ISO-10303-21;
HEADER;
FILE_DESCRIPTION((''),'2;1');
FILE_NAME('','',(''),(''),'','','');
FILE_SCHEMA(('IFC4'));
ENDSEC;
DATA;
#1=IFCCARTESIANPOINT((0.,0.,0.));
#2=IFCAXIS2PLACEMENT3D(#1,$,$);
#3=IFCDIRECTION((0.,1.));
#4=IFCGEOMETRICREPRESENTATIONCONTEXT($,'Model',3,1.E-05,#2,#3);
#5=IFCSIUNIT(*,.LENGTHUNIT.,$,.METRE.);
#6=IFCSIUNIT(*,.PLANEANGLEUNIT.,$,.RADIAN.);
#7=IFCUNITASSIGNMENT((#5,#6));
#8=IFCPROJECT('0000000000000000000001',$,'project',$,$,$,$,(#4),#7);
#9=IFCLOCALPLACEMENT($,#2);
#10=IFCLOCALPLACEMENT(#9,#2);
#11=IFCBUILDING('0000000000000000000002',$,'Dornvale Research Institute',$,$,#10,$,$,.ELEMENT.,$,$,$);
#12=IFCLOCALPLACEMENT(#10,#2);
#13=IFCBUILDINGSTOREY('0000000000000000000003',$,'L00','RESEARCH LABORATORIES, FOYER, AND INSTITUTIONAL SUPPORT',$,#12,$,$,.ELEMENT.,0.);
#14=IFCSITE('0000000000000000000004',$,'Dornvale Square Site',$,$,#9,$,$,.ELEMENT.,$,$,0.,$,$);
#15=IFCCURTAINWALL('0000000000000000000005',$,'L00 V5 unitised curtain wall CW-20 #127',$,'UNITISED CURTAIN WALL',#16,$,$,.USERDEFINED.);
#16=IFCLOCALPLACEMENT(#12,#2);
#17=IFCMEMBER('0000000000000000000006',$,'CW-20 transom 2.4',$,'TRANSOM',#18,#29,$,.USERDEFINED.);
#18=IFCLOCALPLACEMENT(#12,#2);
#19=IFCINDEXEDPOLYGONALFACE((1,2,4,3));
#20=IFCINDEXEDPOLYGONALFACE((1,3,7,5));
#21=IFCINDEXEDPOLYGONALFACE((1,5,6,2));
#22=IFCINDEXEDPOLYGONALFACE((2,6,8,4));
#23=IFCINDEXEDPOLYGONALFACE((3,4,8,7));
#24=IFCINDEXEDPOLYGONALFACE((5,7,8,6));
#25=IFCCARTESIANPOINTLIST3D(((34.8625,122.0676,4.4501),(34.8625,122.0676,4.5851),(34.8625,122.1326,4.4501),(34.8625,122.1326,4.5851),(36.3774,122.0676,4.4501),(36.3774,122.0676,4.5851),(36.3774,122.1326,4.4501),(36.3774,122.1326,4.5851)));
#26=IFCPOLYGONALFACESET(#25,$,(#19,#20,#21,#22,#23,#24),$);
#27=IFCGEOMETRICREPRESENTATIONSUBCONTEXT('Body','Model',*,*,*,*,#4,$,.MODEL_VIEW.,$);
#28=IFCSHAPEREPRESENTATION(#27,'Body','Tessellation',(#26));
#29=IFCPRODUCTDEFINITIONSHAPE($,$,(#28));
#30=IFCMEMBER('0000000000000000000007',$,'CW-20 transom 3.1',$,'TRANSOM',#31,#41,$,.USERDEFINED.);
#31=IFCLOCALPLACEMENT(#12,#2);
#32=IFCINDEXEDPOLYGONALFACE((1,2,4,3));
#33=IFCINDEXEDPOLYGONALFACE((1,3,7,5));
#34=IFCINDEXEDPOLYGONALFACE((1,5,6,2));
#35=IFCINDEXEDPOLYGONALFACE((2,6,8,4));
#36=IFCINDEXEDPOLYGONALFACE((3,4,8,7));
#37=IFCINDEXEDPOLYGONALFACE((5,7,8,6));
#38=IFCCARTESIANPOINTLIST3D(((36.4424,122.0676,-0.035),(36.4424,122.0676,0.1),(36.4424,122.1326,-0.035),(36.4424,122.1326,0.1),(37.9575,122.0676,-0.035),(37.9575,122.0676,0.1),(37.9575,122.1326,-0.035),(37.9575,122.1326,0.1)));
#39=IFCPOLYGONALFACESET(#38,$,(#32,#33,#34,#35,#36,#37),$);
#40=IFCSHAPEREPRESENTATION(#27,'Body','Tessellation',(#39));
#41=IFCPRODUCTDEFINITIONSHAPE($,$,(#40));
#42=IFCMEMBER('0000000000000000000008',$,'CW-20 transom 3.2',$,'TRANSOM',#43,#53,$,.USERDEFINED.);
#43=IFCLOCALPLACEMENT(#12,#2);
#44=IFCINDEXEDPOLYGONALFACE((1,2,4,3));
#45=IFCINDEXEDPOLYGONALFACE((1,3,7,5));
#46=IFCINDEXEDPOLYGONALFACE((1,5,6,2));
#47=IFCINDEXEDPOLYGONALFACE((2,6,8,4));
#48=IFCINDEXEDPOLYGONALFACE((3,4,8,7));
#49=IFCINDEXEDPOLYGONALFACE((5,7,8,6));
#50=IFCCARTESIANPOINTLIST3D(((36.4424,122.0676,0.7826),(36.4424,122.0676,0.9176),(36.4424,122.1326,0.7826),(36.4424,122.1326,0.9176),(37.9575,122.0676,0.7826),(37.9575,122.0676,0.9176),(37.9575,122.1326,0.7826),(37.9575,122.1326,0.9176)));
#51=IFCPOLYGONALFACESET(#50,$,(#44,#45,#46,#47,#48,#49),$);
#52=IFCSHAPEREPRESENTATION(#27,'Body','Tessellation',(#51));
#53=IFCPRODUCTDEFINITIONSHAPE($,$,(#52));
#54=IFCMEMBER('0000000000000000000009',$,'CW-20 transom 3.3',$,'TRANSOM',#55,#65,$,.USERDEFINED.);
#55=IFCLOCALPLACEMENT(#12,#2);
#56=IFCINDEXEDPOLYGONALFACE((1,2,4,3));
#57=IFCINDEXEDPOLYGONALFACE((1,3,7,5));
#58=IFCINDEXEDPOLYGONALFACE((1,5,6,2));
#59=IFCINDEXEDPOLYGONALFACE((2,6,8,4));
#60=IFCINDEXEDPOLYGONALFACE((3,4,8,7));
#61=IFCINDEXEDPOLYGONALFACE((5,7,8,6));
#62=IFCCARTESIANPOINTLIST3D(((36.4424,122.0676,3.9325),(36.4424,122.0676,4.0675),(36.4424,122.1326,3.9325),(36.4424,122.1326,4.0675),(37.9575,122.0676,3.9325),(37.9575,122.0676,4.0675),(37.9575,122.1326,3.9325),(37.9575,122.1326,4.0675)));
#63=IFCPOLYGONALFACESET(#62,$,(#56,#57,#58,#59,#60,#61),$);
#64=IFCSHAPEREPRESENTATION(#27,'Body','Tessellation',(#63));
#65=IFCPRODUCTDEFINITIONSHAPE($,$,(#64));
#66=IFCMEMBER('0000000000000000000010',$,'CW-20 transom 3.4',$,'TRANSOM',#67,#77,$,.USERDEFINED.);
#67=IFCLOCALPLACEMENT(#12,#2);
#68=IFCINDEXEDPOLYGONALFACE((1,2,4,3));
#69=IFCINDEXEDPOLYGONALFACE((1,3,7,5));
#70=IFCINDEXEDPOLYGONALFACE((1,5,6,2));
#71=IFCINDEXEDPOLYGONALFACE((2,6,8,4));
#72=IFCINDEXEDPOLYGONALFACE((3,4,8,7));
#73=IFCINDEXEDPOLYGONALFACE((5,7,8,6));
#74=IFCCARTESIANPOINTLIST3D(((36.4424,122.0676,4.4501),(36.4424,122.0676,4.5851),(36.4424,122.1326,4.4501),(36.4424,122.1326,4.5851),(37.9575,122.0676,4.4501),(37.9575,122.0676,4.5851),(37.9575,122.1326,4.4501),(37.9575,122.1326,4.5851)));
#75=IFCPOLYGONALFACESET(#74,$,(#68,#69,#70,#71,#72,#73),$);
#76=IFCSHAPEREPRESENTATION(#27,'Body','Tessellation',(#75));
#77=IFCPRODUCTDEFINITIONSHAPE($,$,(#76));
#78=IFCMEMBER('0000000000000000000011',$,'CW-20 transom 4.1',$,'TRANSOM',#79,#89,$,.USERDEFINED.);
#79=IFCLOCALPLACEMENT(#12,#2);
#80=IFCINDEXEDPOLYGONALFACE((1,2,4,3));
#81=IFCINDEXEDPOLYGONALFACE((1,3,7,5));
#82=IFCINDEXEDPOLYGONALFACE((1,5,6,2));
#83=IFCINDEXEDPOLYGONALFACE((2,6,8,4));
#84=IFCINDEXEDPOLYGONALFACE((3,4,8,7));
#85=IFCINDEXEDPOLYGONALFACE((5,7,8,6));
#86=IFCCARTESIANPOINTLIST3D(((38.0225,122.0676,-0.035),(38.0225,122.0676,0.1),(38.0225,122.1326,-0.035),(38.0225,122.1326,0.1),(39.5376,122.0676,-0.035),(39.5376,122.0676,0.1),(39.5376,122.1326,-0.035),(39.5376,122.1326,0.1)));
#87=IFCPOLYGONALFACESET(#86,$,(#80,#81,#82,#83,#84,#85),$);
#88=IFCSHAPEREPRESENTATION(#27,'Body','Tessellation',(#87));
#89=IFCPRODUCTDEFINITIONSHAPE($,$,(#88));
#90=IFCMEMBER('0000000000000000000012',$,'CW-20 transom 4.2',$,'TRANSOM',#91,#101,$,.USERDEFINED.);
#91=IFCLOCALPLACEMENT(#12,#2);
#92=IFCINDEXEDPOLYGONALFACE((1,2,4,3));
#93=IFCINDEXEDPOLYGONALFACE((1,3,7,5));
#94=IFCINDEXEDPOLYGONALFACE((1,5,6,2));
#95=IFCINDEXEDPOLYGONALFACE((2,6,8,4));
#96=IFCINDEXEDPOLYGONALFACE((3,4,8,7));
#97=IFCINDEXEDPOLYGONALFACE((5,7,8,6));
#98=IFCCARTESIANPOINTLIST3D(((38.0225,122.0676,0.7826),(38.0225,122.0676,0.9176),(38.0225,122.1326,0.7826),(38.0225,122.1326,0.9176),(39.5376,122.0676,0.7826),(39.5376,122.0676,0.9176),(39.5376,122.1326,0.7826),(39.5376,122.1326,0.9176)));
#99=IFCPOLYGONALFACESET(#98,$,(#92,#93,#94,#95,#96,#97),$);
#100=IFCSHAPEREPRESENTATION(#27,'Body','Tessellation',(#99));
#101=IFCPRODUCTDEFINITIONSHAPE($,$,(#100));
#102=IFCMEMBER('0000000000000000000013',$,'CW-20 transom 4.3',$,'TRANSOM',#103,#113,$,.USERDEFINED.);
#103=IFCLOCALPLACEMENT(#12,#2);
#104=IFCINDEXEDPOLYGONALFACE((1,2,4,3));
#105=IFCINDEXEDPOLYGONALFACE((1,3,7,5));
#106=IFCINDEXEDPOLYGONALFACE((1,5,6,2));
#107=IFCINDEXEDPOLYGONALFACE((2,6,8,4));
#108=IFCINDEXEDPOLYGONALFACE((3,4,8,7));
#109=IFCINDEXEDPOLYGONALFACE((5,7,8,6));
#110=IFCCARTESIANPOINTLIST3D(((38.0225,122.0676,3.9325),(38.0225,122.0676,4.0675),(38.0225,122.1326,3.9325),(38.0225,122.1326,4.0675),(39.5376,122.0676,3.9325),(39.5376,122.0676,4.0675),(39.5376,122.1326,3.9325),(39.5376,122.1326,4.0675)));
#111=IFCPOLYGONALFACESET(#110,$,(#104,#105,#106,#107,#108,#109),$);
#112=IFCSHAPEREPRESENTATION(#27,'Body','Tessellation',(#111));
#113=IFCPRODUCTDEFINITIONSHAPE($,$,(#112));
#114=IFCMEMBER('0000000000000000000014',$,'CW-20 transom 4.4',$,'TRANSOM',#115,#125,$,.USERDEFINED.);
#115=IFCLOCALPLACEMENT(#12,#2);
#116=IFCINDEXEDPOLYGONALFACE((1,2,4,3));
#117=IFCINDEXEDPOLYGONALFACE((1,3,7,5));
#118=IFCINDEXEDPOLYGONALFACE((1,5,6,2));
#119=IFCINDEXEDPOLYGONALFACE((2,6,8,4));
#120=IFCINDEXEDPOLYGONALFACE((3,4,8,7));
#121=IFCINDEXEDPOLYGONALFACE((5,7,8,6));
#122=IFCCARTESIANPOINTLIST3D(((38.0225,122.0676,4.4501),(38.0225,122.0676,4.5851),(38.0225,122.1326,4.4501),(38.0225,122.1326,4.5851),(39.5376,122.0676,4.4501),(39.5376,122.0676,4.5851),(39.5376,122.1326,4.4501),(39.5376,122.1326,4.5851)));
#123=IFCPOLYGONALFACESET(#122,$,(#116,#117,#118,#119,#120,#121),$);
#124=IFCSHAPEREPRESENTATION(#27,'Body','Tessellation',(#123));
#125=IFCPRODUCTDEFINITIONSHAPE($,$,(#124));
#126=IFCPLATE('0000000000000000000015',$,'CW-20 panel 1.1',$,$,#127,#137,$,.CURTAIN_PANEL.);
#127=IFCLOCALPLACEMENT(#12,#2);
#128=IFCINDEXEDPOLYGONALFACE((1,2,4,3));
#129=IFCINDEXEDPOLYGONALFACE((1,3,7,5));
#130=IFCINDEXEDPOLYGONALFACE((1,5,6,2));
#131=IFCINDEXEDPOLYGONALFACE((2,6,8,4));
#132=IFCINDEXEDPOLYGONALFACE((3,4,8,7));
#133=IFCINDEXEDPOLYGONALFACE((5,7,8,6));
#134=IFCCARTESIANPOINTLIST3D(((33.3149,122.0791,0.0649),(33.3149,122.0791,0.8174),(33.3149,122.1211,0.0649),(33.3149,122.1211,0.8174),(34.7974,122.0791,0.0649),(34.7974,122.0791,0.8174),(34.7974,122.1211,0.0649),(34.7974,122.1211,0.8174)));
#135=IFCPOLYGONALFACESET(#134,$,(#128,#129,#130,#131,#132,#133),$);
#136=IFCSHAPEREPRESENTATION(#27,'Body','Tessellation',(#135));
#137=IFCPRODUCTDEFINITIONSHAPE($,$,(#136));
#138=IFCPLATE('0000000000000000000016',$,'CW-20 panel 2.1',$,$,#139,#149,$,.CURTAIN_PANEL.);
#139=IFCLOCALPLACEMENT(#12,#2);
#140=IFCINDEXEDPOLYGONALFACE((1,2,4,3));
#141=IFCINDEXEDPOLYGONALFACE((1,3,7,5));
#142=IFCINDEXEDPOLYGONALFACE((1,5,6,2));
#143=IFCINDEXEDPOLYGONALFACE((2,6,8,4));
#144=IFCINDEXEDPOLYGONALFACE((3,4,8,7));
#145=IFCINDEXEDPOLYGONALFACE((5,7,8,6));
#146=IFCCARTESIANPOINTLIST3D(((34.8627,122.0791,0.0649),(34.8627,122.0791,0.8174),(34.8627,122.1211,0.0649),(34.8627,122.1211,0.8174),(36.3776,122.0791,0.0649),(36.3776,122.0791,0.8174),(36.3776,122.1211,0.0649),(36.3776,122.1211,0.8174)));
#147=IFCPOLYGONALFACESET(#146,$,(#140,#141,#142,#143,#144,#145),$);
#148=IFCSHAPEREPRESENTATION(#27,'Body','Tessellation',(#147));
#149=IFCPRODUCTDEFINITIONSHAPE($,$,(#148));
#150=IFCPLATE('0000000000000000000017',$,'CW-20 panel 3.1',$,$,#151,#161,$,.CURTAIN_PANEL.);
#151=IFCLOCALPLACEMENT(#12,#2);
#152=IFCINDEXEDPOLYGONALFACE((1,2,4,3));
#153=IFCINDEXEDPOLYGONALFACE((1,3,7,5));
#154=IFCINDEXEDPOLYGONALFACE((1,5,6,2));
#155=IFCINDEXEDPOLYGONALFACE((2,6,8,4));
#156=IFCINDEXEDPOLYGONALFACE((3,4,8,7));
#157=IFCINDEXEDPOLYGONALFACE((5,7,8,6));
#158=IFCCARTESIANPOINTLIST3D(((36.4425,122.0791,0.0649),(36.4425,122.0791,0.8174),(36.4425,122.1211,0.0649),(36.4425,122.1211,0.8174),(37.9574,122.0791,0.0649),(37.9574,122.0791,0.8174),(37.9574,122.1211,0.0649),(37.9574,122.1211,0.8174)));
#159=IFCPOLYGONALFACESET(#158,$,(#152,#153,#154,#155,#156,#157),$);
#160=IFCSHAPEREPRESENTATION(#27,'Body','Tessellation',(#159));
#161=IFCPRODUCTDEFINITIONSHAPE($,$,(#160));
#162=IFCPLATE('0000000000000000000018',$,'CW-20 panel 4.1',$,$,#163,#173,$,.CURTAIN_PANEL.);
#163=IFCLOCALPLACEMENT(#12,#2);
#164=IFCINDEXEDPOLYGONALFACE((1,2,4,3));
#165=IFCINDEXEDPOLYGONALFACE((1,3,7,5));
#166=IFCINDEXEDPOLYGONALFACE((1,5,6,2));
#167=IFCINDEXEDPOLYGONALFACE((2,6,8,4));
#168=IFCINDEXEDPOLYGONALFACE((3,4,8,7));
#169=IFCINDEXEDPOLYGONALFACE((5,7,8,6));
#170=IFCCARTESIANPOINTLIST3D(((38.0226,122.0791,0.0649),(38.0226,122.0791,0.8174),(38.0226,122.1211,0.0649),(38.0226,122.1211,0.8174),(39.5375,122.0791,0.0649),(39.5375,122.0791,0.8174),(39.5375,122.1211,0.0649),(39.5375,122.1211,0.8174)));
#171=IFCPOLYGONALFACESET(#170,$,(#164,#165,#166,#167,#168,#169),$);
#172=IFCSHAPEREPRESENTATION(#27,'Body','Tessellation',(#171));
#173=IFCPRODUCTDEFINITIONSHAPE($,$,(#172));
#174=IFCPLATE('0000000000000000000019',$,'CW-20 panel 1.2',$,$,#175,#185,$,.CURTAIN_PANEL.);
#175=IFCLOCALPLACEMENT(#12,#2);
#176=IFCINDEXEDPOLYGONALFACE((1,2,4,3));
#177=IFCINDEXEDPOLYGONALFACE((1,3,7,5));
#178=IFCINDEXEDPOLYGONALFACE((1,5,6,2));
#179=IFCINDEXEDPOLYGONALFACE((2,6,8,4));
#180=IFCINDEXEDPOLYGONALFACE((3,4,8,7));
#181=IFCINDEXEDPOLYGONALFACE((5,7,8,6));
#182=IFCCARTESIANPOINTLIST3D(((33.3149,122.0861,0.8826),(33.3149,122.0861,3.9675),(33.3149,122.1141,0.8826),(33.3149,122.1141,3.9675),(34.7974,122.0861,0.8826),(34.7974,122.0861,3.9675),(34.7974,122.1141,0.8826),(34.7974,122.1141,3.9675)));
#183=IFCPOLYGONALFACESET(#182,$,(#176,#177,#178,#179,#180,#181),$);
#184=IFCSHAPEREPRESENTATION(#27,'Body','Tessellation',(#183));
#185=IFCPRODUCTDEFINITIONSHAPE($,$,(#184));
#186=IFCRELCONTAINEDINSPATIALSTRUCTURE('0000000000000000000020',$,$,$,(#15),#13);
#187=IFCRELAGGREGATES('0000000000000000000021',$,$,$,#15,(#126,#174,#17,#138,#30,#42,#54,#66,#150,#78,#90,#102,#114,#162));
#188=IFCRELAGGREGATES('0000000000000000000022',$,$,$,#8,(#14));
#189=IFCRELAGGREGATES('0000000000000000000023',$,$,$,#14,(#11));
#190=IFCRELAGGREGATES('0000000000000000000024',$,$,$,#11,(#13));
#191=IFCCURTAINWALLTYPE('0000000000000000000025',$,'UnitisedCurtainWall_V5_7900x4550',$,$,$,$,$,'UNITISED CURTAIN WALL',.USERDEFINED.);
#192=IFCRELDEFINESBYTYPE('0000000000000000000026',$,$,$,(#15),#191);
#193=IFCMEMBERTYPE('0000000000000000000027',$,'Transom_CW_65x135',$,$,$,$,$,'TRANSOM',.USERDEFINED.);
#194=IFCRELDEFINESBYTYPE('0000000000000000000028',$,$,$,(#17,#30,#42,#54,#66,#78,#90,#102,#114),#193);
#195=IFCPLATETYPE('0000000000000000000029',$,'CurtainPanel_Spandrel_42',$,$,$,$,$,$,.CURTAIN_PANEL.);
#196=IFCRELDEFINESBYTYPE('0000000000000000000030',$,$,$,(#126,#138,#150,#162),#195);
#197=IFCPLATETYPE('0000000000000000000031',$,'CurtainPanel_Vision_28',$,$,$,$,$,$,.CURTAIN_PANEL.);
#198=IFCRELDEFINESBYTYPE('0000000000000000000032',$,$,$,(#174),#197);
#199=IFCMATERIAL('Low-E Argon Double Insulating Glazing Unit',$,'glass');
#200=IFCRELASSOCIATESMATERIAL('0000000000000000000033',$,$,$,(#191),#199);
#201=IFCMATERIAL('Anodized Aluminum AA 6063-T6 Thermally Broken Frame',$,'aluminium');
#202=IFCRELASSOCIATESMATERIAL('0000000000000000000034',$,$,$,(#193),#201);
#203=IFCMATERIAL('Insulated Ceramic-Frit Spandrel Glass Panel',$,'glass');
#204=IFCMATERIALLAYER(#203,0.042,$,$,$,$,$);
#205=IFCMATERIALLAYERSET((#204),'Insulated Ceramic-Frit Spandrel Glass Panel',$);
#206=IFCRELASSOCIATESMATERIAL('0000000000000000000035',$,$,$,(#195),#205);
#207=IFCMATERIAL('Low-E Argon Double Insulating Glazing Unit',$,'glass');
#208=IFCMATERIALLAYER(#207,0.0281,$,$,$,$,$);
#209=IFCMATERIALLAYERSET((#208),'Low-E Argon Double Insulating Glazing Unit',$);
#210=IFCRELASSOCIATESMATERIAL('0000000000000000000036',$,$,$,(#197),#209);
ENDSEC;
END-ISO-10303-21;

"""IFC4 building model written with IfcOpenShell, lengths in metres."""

from ifc_helpers import new_model, si_unit, direction, frame, origin, origin_2d, place, context, subcontext, project, spatial, rectangle, extrude, material, layer, layer_set, material_profile, profile_set, type_object, element, aggregate, save


model = new_model("IFC4")

# Units and contexts
model_context = context("Model", 3, precision=1e-05, world=origin(), true_north=direction((0.0, 1.0)))
body_context = subcontext(model_context, "Body", "Model", "MODEL_VIEW")
ifc_project = project(units=[si_unit("LENGTHUNIT", "METRE"), si_unit("PLANEANGLEUNIT", "RADIAN")], contexts=[model_context])

# Site, building, storey
site_placement = place(None, origin())
site = spatial("IfcSite", under=ifc_project, at=site_placement, Name="Dornvale Square Site", CompositionType="ELEMENT", RefElevation=0.0)
building_placement = place(site_placement, origin())
building = spatial("IfcBuilding", under=site, at=building_placement, Name="Dornvale Research Institute", CompositionType="ELEMENT")
storey_placement = place(building_placement, origin())
storey = spatial("IfcBuildingStorey", under=building, at=storey_placement, Name="L00", Description="RESEARCH LABORATORIES, FOYER, AND INSTITUTIONAL SUPPORT", CompositionType="ELEMENT", Elevation=0.0)

# Curtain wall, members, plates
ifc_material_1 = material(Name="Low-E Argon Double Insulating Glazing Unit", Category="glass")
curtain_wall_type = type_object("IfcCurtainWallType", Name="UnitisedCurtainWall_V5_7900x4550", ElementType="UNITISED CURTAIN WALL", PredefinedType="USERDEFINED", material=ifc_material_1)
curtain_wall_placement = place(storey_placement, origin())
curtain_wall = element("IfcCurtainWall", 1, at=curtain_wall_placement, inside=storey, type_object=curtain_wall_type, Name="L00 V5 unitised curtain wall CW-20 #127", ObjectType="UNITISED CURTAIN WALL", PredefinedType="USERDEFINED")
ifc_material_2 = material(Name="Anodized Aluminum AA 6063-T6 Thermally Broken Frame", Category="aluminium")
ifc_material_profile_1 = material_profile(ifc_material_2, rectangle(XDim=0.0649, YDim=0.135, at=origin_2d()), Name="ALU TRANSOM 65x135")
ifc_profile_set_1 = profile_set([ifc_material_profile_1], Name="Anodized Aluminum AA 6063-T6 Thermally Broken Frame")
member_type_1 = type_object("IfcMemberType", Name="Transom_CW_65x135", ElementType="TRANSOM", PredefinedType="USERDEFINED", material=ifc_profile_set_1)
member_1_placement = place(storey_placement, frame((34.8625, 122.1001, 4.5176), z_axis=(1.0, 0.0, 0.0), x_axis=(0.0, 1.0, 0.0)))
member_1 = element("IfcMember", 2, at=member_1_placement, type_object=member_type_1, Name="CW-20 transom 2.4", ObjectType="TRANSOM", PredefinedType="USERDEFINED", context=body_context, shape_type="SweptSolid", body=[
    extrude(rectangle(XDim=0.0649, YDim=0.135, at=origin_2d()), origin(), (0.0, 0.0, 1.0), 1.5149),
])
member_2_placement = place(storey_placement, frame((36.4424, 122.1001, 0.0325), z_axis=(1.0, 0.0, 0.0), x_axis=(0.0, 1.0, 0.0)))
member_2 = element("IfcMember", 3, at=member_2_placement, type_object=member_type_1, Name="CW-20 transom 3.1", ObjectType="TRANSOM", PredefinedType="USERDEFINED", context=body_context, shape_type="SweptSolid", body=[
    extrude(rectangle(XDim=0.0649, YDim=0.135, at=origin_2d()), origin(), (0.0, 0.0, 1.0), 1.5151),
])
member_3_placement = place(storey_placement, frame((36.4424, 122.1001, 0.8501), z_axis=(1.0, 0.0, 0.0), x_axis=(0.0, 1.0, 0.0)))
member_3 = element("IfcMember", 4, at=member_3_placement, type_object=member_type_1, Name="CW-20 transom 3.2", ObjectType="TRANSOM", PredefinedType="USERDEFINED", context=body_context, shape_type="SweptSolid", body=[
    extrude(rectangle(XDim=0.0649, YDim=0.135, at=origin_2d()), origin(), (0.0, 0.0, 1.0), 1.5151),
])
member_4_placement = place(storey_placement, frame((36.4424, 122.1001, 4.0), z_axis=(1.0, 0.0, 0.0), x_axis=(0.0, 1.0, 0.0)))
member_4 = element("IfcMember", 5, at=member_4_placement, type_object=member_type_1, Name="CW-20 transom 3.3", ObjectType="TRANSOM", PredefinedType="USERDEFINED", context=body_context, shape_type="SweptSolid", body=[
    extrude(rectangle(XDim=0.0649, YDim=0.135, at=origin_2d()), origin(), (0.0, 0.0, 1.0), 1.5151),
])
member_5_placement = place(storey_placement, frame((36.4424, 122.1001, 4.5176), z_axis=(1.0, 0.0, 0.0), x_axis=(0.0, 1.0, 0.0)))
member_5 = element("IfcMember", 6, at=member_5_placement, type_object=member_type_1, Name="CW-20 transom 3.4", ObjectType="TRANSOM", PredefinedType="USERDEFINED", context=body_context, shape_type="SweptSolid", body=[
    extrude(rectangle(XDim=0.0649, YDim=0.135, at=origin_2d()), origin(), (0.0, 0.0, 1.0), 1.5151),
])
member_6_placement = place(storey_placement, frame((38.0225, 122.1001, 0.0325), z_axis=(1.0, 0.0, 0.0), x_axis=(0.0, 1.0, 0.0)))
member_6 = element("IfcMember", 7, at=member_6_placement, type_object=member_type_1, Name="CW-20 transom 4.1", ObjectType="TRANSOM", PredefinedType="USERDEFINED", context=body_context, shape_type="SweptSolid", body=[
    extrude(rectangle(XDim=0.0649, YDim=0.135, at=origin_2d()), origin(), (0.0, 0.0, 1.0), 1.5151),
])
member_7_placement = place(storey_placement, frame((38.0225, 122.1001, 0.8501), z_axis=(1.0, 0.0, 0.0), x_axis=(0.0, 1.0, 0.0)))
member_7 = element("IfcMember", 8, at=member_7_placement, type_object=member_type_1, Name="CW-20 transom 4.2", ObjectType="TRANSOM", PredefinedType="USERDEFINED", context=body_context, shape_type="SweptSolid", body=[
    extrude(rectangle(XDim=0.0649, YDim=0.135, at=origin_2d()), origin(), (0.0, 0.0, 1.0), 1.5151),
])
member_8_placement = place(storey_placement, frame((38.0225, 122.1001, 4.0), z_axis=(1.0, 0.0, 0.0), x_axis=(0.0, 1.0, 0.0)))
member_8 = element("IfcMember", 9, at=member_8_placement, type_object=member_type_1, Name="CW-20 transom 4.3", ObjectType="TRANSOM", PredefinedType="USERDEFINED", context=body_context, shape_type="SweptSolid", body=[
    extrude(rectangle(XDim=0.0649, YDim=0.135, at=origin_2d()), origin(), (0.0, 0.0, 1.0), 1.5151),
])
member_9_placement = place(storey_placement, frame((38.0225, 122.1001, 4.5176), z_axis=(1.0, 0.0, 0.0), x_axis=(0.0, 1.0, 0.0)))
member_9 = element("IfcMember", 10, at=member_9_placement, type_object=member_type_1, Name="CW-20 transom 4.4", ObjectType="TRANSOM", PredefinedType="USERDEFINED", context=body_context, shape_type="SweptSolid", body=[
    extrude(rectangle(XDim=0.0649, YDim=0.135, at=origin_2d()), origin(), (0.0, 0.0, 1.0), 1.5151),
])
ifc_material_3 = material(Name="Insulated Ceramic-Frit Spandrel Glass Panel", Category="glass")
ifc_layer_1 = layer(ifc_material_3, 0.042)
ifc_layer_set_1 = layer_set([ifc_layer_1], Name="Insulated Ceramic-Frit Spandrel Glass Panel")
plate_type_1 = type_object("IfcPlateType", Name="CurtainPanel_Spandrel_42", PredefinedType="CURTAIN_PANEL", material=ifc_layer_set_1)
plate_1_placement = place(storey_placement, frame((34.0562, 122.1001, 0.0649), z_axis=(0.0, 0.0, 1.0), x_axis=(1.0, 0.0, 0.0)))
plate_1 = element("IfcPlate", 11, at=plate_1_placement, type_object=plate_type_1, Name="CW-20 panel 1.1", PredefinedType="CURTAIN_PANEL", context=body_context, shape_type="SweptSolid", body=[
    extrude(rectangle(XDim=1.4824, YDim=0.042, at=origin_2d()), origin(), (0.0, 0.0, 1.0), 0.7524),
])
plate_2_placement = place(storey_placement, frame((35.6201, 122.1001, 0.0649), z_axis=(0.0, 0.0, 1.0), x_axis=(1.0, 0.0, 0.0)))
plate_2 = element("IfcPlate", 12, at=plate_2_placement, type_object=plate_type_1, Name="CW-20 panel 2.1", PredefinedType="CURTAIN_PANEL", context=body_context, shape_type="SweptSolid", body=[
    extrude(rectangle(XDim=1.5149, YDim=0.042, at=origin_2d()), origin(), (0.0, 0.0, 1.0), 0.7524),
])
plate_3_placement = place(storey_placement, frame((37.2, 122.1001, 0.0649), z_axis=(0.0, 0.0, 1.0), x_axis=(1.0, 0.0, 0.0)))
plate_3 = element("IfcPlate", 13, at=plate_3_placement, type_object=plate_type_1, Name="CW-20 panel 3.1", PredefinedType="CURTAIN_PANEL", context=body_context, shape_type="SweptSolid", body=[
    extrude(rectangle(XDim=1.5149, YDim=0.042, at=origin_2d()), origin(), (0.0, 0.0, 1.0), 0.7524),
])
plate_4_placement = place(storey_placement, frame((38.78, 122.1001, 0.0649), z_axis=(0.0, 0.0, 1.0), x_axis=(1.0, 0.0, 0.0)))
plate_4 = element("IfcPlate", 14, at=plate_4_placement, type_object=plate_type_1, Name="CW-20 panel 4.1", PredefinedType="CURTAIN_PANEL", context=body_context, shape_type="SweptSolid", body=[
    extrude(rectangle(XDim=1.5149, YDim=0.042, at=origin_2d()), origin(), (0.0, 0.0, 1.0), 0.7524),
])
ifc_material_4 = material(Name="Low-E Argon Double Insulating Glazing Unit", Category="glass")
ifc_layer_2 = layer(ifc_material_4, 0.0281)
ifc_layer_set_2 = layer_set([ifc_layer_2], Name="Low-E Argon Double Insulating Glazing Unit")
plate_type_2 = type_object("IfcPlateType", Name="CurtainPanel_Vision_28", PredefinedType="CURTAIN_PANEL", material=ifc_layer_set_2)
plate_5_placement = place(storey_placement, frame((34.0562, 122.1001, 0.8826), z_axis=(0.0, 0.0, 1.0), x_axis=(1.0, 0.0, 0.0)))
plate_5 = element("IfcPlate", 15, at=plate_5_placement, type_object=plate_type_2, Name="CW-20 panel 1.2", PredefinedType="CURTAIN_PANEL", context=body_context, shape_type="SweptSolid", body=[
    extrude(rectangle(XDim=1.4824, YDim=0.0281, at=origin_2d()), origin(), (0.0, 0.0, 1.0), 3.085),
])
aggregate(curtain_wall, [plate_1, plate_5, member_1, plate_2, member_2, member_3, member_4, member_5, plate_3, member_6, member_7, member_8, member_9, plate_4])

save(model, "model.ifc")
